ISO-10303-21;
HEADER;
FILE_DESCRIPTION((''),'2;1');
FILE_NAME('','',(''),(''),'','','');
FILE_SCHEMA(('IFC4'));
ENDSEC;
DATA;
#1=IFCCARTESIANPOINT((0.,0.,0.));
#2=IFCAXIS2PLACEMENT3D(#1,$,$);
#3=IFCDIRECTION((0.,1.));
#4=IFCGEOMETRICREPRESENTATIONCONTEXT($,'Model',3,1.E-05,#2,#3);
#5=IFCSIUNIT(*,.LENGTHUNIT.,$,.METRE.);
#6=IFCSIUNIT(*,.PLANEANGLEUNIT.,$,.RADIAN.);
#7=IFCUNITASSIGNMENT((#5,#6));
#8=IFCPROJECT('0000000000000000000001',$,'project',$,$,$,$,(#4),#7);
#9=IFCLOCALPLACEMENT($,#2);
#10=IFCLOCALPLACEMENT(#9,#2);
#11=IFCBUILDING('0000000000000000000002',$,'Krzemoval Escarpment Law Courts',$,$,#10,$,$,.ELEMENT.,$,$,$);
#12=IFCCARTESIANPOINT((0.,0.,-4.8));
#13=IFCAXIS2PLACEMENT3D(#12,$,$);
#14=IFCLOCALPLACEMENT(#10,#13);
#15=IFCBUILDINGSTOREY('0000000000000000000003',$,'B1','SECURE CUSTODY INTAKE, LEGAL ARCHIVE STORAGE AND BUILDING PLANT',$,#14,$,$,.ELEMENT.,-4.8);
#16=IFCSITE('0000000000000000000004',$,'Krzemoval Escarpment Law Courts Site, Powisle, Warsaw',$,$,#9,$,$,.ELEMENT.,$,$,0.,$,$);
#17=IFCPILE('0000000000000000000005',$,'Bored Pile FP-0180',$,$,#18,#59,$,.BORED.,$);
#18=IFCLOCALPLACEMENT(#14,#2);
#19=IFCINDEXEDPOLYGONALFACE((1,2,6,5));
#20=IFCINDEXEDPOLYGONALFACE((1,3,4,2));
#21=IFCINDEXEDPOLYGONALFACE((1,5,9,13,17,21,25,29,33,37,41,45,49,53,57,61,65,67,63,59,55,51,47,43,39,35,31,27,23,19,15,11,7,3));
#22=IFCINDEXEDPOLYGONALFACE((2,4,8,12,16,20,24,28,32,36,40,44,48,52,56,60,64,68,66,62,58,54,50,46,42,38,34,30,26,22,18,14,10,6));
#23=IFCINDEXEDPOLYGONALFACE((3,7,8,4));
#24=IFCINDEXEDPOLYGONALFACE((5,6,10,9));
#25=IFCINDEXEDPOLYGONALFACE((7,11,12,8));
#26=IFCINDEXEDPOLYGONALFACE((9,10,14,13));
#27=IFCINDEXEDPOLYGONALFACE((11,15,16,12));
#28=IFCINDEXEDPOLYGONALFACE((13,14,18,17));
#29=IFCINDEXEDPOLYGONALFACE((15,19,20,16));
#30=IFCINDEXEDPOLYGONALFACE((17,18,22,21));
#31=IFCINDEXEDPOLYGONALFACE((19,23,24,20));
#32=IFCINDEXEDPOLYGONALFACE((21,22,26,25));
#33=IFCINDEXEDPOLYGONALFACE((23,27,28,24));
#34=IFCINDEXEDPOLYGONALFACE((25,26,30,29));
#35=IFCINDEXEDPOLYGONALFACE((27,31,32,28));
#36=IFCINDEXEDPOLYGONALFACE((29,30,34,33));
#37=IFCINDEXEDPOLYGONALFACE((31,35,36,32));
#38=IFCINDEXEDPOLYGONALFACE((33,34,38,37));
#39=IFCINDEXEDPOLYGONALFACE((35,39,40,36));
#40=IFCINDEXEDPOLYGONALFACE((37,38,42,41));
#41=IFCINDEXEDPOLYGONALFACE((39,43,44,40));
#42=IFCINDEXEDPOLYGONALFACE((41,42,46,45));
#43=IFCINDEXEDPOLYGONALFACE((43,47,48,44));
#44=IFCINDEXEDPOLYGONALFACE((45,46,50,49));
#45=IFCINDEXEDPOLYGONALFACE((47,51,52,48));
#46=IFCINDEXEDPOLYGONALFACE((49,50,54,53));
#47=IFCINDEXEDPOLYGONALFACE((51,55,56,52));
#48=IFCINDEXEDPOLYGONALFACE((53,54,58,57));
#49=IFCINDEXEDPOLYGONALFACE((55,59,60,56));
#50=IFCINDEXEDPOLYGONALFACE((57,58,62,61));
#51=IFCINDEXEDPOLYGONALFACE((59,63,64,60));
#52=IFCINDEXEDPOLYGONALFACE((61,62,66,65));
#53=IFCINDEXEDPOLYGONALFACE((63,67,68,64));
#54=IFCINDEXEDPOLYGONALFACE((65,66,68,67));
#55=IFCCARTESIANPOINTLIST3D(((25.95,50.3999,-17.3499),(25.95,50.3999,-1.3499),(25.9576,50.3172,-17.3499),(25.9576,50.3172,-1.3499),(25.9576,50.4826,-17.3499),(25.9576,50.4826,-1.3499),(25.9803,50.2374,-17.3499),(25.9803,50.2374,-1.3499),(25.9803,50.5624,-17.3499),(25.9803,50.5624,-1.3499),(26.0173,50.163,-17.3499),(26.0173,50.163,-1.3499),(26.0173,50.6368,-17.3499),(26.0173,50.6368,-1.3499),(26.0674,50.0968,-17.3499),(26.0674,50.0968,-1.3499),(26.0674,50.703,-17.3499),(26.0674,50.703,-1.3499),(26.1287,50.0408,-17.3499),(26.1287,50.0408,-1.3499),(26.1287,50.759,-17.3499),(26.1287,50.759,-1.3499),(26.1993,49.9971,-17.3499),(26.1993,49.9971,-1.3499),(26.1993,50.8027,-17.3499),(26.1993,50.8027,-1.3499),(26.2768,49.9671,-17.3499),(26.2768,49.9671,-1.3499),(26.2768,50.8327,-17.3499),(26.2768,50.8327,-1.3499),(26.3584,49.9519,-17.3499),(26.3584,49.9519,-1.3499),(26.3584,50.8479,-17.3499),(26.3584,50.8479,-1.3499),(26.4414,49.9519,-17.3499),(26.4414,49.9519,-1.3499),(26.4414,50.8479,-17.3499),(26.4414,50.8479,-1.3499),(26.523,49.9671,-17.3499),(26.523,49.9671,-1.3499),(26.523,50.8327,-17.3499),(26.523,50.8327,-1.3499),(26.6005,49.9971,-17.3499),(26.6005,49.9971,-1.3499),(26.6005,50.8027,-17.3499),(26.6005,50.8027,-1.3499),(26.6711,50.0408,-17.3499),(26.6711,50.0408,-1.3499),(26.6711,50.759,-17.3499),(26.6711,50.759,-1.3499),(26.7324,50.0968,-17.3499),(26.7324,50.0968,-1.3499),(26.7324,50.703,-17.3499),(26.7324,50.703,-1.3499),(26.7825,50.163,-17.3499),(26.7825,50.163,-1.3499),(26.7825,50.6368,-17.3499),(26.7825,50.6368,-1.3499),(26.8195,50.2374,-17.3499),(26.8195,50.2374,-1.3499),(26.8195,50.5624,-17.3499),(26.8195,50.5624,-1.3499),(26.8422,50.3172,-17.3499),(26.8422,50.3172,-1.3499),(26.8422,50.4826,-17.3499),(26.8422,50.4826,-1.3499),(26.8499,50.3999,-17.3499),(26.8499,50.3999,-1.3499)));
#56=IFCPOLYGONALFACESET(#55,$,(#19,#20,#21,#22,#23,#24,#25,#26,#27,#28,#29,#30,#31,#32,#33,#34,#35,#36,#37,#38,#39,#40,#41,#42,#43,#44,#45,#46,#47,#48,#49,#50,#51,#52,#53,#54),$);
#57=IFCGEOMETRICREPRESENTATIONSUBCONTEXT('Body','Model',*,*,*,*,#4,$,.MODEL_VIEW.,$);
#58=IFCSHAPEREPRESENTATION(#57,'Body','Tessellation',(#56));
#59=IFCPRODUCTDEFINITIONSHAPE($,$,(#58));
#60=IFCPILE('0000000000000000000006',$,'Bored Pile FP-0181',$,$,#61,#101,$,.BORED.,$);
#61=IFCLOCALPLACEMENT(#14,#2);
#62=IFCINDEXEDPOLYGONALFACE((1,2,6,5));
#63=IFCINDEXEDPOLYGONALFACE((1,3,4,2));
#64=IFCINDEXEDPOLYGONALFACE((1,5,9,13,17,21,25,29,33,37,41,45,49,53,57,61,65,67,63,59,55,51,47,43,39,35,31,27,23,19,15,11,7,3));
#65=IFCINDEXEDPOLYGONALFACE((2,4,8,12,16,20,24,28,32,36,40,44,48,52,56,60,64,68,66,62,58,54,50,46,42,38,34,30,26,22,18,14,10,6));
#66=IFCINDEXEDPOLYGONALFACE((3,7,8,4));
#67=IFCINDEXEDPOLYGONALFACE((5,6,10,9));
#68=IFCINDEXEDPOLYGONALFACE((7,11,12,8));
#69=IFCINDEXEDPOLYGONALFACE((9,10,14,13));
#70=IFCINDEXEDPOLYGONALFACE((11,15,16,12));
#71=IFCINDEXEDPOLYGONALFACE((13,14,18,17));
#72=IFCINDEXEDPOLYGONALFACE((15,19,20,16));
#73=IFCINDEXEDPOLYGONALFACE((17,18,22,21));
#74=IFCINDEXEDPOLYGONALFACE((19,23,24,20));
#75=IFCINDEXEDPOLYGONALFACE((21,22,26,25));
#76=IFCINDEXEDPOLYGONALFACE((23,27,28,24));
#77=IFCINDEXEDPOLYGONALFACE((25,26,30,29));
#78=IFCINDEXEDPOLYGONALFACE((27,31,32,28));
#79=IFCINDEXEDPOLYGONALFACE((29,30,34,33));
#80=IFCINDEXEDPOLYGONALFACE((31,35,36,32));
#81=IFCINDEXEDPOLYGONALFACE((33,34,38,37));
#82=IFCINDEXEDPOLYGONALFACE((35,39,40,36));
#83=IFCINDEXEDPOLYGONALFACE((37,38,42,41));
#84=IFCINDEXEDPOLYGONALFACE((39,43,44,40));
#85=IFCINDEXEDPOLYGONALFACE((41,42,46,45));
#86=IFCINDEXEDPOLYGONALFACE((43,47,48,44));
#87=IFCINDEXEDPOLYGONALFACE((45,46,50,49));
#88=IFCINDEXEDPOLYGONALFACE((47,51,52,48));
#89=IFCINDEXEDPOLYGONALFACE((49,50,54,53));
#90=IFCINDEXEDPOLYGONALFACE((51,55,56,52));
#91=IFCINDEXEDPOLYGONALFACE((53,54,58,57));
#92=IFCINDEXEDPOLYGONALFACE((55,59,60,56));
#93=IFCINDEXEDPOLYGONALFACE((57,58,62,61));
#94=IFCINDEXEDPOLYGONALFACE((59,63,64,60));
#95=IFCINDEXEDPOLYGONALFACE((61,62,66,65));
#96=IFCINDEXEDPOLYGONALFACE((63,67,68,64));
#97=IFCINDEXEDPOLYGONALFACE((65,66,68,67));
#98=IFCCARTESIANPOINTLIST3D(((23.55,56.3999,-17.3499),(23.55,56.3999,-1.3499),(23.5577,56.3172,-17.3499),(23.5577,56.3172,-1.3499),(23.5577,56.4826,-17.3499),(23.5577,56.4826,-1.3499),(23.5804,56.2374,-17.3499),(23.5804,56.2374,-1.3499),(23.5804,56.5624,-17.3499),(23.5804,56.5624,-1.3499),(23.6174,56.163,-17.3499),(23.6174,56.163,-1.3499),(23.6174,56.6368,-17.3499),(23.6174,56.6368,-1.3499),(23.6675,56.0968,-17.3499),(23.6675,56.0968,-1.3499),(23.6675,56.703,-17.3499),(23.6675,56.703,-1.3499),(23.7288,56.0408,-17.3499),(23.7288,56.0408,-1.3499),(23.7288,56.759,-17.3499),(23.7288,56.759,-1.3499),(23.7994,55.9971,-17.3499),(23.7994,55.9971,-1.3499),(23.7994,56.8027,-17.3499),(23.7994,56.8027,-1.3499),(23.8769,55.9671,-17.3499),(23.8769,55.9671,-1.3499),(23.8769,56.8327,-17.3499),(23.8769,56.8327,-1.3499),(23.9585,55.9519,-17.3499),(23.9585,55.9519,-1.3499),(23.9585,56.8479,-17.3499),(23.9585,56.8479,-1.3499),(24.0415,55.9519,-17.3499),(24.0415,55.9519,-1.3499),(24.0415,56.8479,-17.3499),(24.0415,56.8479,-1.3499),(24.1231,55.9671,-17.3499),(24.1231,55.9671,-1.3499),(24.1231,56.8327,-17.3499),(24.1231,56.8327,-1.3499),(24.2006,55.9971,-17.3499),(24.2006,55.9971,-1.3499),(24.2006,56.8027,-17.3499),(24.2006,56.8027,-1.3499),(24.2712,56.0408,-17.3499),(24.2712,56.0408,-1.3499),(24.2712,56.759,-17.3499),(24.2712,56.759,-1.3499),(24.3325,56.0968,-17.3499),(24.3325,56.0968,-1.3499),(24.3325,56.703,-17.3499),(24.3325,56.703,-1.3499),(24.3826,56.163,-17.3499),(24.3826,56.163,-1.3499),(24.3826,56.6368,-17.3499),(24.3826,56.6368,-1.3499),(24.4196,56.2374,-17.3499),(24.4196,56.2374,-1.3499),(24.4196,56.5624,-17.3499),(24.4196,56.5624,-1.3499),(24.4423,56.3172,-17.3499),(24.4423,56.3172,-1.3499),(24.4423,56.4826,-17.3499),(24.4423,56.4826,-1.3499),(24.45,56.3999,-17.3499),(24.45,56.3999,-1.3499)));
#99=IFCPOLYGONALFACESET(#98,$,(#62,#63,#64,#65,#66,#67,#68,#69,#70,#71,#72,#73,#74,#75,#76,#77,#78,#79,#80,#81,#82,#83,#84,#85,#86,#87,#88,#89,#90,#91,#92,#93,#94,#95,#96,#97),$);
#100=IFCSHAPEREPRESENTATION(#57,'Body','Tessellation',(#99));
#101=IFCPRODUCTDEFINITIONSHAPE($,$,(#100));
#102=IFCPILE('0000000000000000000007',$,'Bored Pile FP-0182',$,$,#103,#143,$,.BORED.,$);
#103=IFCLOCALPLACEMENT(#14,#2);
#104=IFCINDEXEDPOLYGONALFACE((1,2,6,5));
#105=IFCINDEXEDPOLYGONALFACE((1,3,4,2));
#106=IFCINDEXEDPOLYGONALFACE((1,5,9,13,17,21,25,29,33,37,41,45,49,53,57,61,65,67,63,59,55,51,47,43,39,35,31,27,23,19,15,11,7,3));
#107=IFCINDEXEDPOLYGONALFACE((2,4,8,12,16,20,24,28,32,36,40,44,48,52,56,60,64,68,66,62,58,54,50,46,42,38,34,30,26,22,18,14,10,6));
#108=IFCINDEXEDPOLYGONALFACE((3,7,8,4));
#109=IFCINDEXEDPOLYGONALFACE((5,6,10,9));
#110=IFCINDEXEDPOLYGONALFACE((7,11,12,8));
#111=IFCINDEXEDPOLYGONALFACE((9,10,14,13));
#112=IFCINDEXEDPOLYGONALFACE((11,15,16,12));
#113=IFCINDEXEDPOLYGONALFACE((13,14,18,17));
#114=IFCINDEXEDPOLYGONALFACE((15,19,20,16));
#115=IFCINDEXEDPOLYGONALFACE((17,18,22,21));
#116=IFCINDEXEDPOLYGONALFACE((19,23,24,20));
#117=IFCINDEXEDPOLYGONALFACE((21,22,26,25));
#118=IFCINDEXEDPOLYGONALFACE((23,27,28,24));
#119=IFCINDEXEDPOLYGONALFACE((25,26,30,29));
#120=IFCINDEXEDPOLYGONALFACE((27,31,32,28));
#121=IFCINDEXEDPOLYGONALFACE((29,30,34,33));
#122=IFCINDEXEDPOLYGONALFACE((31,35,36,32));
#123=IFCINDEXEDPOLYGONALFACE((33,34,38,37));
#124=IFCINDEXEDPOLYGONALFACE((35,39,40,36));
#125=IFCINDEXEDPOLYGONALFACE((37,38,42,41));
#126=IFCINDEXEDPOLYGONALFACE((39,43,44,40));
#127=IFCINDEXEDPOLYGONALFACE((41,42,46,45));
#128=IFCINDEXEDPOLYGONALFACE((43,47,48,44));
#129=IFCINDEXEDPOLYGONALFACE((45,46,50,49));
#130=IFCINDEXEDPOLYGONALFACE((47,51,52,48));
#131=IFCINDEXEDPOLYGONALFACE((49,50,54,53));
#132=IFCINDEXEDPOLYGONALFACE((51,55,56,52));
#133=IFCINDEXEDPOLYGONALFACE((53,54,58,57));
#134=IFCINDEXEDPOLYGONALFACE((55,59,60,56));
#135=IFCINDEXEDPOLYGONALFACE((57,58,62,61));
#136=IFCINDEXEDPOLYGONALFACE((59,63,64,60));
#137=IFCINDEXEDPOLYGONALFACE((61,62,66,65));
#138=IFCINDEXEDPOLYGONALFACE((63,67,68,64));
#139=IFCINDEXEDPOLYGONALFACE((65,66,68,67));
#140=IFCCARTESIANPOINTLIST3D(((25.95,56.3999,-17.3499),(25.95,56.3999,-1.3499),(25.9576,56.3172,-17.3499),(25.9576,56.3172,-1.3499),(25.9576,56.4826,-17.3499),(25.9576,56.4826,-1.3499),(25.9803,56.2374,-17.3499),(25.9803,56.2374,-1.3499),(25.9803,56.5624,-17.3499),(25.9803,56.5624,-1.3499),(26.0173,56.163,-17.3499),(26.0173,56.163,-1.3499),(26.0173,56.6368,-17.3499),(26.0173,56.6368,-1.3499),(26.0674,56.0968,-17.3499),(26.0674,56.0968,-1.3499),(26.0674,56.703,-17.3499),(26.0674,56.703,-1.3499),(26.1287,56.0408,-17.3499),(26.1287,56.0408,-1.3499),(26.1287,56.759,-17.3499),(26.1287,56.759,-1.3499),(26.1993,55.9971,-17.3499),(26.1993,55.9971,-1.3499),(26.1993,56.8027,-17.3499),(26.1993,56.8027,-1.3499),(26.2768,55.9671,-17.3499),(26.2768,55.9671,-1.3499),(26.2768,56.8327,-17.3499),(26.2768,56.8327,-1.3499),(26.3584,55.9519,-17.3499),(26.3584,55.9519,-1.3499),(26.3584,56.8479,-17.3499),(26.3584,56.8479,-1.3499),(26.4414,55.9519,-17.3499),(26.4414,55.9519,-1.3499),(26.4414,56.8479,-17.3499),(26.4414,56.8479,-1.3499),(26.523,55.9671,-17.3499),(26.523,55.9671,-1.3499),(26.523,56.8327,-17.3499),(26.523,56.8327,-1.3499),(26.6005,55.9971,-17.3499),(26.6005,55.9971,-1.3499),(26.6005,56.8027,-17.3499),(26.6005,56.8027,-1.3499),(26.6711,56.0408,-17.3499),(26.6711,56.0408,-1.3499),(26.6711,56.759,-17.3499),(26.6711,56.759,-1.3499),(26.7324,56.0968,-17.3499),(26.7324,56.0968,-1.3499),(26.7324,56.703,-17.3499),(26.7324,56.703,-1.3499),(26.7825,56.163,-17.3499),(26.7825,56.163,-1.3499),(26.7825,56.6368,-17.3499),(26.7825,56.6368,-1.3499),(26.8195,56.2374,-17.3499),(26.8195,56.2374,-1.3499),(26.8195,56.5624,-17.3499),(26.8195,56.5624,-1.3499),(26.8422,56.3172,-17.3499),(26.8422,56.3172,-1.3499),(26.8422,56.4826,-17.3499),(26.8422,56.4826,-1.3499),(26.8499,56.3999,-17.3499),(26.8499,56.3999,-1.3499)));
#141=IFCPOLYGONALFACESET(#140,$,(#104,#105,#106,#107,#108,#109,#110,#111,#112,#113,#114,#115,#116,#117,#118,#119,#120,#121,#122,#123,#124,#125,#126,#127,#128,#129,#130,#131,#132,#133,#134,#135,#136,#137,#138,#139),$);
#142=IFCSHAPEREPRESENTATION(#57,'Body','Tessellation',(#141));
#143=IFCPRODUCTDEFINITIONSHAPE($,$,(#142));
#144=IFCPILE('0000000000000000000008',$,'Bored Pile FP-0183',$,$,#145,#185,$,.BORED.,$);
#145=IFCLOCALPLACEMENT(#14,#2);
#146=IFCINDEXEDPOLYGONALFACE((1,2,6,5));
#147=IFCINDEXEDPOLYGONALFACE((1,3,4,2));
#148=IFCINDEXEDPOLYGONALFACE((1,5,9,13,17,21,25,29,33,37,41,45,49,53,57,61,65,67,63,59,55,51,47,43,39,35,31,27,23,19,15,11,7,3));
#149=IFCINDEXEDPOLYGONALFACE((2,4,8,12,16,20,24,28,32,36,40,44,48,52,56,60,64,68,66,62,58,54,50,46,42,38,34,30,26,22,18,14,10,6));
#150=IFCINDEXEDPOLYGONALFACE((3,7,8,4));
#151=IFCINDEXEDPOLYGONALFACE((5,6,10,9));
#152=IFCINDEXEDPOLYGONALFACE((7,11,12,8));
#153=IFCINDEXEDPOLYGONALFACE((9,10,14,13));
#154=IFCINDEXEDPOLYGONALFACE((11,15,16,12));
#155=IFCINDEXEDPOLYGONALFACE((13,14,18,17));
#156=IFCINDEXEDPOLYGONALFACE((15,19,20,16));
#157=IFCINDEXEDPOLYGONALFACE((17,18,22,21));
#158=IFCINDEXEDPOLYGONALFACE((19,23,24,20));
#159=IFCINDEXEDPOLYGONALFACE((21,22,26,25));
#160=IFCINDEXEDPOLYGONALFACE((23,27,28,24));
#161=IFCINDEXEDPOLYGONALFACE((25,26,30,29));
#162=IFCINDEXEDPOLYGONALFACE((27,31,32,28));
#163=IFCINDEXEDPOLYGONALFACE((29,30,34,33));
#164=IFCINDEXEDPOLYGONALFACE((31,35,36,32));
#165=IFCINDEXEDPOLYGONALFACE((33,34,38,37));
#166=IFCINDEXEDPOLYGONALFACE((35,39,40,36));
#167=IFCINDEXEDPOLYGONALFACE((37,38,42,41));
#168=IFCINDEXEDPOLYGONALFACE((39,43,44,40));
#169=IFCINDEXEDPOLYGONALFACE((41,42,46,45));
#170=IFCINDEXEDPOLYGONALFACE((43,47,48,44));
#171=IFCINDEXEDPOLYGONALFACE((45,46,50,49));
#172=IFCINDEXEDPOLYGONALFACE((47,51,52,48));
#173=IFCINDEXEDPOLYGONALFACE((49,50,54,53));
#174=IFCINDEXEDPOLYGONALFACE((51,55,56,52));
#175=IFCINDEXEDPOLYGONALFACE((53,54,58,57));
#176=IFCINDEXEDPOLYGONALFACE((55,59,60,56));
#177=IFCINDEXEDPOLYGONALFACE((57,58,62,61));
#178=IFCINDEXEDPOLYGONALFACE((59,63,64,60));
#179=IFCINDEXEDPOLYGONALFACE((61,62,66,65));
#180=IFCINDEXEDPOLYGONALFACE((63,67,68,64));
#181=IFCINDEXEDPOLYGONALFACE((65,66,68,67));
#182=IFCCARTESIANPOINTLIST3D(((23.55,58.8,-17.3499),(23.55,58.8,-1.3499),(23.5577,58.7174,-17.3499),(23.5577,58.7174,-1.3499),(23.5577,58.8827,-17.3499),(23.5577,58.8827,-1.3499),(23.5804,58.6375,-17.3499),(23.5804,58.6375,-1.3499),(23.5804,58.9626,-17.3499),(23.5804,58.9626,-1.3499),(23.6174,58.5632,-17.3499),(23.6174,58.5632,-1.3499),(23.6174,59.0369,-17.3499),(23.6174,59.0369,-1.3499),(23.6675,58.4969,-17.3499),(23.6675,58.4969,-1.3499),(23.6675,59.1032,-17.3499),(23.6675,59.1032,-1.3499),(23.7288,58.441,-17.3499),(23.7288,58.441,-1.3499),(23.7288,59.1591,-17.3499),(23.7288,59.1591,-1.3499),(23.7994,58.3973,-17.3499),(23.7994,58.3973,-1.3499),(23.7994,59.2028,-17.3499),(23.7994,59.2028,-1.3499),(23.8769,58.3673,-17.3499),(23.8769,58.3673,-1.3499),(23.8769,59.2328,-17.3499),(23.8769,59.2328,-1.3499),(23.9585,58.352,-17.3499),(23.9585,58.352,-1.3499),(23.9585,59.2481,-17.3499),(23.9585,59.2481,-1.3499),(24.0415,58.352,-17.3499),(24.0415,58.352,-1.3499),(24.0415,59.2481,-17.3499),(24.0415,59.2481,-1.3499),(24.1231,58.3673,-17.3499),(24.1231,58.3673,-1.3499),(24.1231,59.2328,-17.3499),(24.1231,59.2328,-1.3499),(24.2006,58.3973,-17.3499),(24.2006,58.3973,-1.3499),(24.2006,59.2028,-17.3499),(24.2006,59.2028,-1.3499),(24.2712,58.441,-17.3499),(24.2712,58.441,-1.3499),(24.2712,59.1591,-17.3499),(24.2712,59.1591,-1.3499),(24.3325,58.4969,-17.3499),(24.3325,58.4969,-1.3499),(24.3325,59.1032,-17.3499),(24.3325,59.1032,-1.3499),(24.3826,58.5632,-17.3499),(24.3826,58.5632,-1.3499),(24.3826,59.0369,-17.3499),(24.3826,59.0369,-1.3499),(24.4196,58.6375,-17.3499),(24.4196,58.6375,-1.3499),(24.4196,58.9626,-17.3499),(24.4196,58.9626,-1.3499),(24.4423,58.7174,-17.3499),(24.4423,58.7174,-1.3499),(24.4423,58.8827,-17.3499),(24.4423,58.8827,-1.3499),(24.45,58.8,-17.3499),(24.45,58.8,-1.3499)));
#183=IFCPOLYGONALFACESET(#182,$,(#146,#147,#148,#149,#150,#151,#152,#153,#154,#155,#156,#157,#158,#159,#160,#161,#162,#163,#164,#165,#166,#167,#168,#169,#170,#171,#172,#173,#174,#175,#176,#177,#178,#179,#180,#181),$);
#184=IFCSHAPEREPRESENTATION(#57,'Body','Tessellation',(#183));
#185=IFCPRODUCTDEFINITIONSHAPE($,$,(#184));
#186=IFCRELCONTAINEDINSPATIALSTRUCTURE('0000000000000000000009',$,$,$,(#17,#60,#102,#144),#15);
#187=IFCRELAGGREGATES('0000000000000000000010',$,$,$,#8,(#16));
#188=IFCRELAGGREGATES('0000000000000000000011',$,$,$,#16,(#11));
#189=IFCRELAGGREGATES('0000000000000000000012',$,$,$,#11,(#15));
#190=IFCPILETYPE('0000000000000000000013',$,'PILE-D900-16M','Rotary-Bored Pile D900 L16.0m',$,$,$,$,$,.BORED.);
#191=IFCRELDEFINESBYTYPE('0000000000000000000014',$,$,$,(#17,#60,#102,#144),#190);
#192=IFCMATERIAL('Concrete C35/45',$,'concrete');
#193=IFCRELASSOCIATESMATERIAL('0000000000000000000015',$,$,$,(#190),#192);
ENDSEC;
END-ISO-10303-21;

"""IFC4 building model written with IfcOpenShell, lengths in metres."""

from ifc_helpers import new_model, si_unit, direction, frame, origin, origin_2d, place, context, subcontext, project, spatial, circle, extrude, material, material_profile, profile_set, type_object, element, save


model = new_model("IFC4")

# Units and contexts
model_context = context("Model", 3, precision=1e-05, world=origin(), true_north=direction((0.0, 1.0)))
body_context = subcontext(model_context, "Body", "Model", "MODEL_VIEW")
ifc_project = project(units=[si_unit("LENGTHUNIT", "METRE"), si_unit("PLANEANGLEUNIT", "RADIAN")], contexts=[model_context])

# Site, building, storey
site_placement = place(None, origin())
site = spatial("IfcSite", under=ifc_project, at=site_placement, Name="Krzemoval Escarpment Law Courts Site, Powisle, Warsaw", CompositionType="ELEMENT", RefElevation=0.0)
building_placement = place(site_placement, origin())
building = spatial("IfcBuilding", under=site, at=building_placement, Name="Krzemoval Escarpment Law Courts", CompositionType="ELEMENT")
storey_placement = place(building_placement, frame((0.0, 0.0, -4.8)))
storey = spatial("IfcBuildingStorey", under=building, at=storey_placement, Name="B1", Description="SECURE CUSTODY INTAKE, LEGAL ARCHIVE STORAGE AND BUILDING PLANT", CompositionType="ELEMENT", Elevation=-4.8)

# Piles
ifc_material_1 = material(Name="Concrete C35/45", Category="concrete")
ifc_material_profile_1 = material_profile(ifc_material_1, circle(Radius=0.45, at=origin_2d()), Name="PILE D900")
ifc_profile_set_1 = profile_set([ifc_material_profile_1], Name="Concrete C35/45")
pile_type = type_object("IfcPileType", Name="PILE-D900-16M", Description="Rotary-Bored Pile D900 L16.0m", PredefinedType="BORED", material=ifc_profile_set_1)
for number, where, z_axis, x_axis, name in (
    (1, (26.3999, 50.3999, -1.3499), (0.0, 0.0, -1.0), (1.0, 0.0, 0.0), "Bored Pile FP-0180"),
    (2, (24.0, 56.3999, -1.3499), (0.0, 0.0, -1.0), (1.0, 0.0, 0.0), "Bored Pile FP-0181"),
    (3, (26.3999, 56.3999, -1.3499), (0.0, 0.0, -1.0), (1.0, 0.0, 0.0), "Bored Pile FP-0182"),
    (4, (24.0, 58.8, -1.3499), (0.0, 0.0, -1.0), (1.0, 0.0, 0.0), "Bored Pile FP-0183"),
):
    element("IfcPile", number, at=place(storey_placement, frame(where, z_axis=z_axis, x_axis=x_axis)), inside=storey, type_object=pile_type, Name=name, PredefinedType="BORED", context=body_context, shape_type="SweptSolid", body=[
        extrude(circle(Radius=0.45, at=origin_2d()), origin(), (0.0, 0.0, 1.0), 16.0),
    ])

save(model, "model.ifc")
